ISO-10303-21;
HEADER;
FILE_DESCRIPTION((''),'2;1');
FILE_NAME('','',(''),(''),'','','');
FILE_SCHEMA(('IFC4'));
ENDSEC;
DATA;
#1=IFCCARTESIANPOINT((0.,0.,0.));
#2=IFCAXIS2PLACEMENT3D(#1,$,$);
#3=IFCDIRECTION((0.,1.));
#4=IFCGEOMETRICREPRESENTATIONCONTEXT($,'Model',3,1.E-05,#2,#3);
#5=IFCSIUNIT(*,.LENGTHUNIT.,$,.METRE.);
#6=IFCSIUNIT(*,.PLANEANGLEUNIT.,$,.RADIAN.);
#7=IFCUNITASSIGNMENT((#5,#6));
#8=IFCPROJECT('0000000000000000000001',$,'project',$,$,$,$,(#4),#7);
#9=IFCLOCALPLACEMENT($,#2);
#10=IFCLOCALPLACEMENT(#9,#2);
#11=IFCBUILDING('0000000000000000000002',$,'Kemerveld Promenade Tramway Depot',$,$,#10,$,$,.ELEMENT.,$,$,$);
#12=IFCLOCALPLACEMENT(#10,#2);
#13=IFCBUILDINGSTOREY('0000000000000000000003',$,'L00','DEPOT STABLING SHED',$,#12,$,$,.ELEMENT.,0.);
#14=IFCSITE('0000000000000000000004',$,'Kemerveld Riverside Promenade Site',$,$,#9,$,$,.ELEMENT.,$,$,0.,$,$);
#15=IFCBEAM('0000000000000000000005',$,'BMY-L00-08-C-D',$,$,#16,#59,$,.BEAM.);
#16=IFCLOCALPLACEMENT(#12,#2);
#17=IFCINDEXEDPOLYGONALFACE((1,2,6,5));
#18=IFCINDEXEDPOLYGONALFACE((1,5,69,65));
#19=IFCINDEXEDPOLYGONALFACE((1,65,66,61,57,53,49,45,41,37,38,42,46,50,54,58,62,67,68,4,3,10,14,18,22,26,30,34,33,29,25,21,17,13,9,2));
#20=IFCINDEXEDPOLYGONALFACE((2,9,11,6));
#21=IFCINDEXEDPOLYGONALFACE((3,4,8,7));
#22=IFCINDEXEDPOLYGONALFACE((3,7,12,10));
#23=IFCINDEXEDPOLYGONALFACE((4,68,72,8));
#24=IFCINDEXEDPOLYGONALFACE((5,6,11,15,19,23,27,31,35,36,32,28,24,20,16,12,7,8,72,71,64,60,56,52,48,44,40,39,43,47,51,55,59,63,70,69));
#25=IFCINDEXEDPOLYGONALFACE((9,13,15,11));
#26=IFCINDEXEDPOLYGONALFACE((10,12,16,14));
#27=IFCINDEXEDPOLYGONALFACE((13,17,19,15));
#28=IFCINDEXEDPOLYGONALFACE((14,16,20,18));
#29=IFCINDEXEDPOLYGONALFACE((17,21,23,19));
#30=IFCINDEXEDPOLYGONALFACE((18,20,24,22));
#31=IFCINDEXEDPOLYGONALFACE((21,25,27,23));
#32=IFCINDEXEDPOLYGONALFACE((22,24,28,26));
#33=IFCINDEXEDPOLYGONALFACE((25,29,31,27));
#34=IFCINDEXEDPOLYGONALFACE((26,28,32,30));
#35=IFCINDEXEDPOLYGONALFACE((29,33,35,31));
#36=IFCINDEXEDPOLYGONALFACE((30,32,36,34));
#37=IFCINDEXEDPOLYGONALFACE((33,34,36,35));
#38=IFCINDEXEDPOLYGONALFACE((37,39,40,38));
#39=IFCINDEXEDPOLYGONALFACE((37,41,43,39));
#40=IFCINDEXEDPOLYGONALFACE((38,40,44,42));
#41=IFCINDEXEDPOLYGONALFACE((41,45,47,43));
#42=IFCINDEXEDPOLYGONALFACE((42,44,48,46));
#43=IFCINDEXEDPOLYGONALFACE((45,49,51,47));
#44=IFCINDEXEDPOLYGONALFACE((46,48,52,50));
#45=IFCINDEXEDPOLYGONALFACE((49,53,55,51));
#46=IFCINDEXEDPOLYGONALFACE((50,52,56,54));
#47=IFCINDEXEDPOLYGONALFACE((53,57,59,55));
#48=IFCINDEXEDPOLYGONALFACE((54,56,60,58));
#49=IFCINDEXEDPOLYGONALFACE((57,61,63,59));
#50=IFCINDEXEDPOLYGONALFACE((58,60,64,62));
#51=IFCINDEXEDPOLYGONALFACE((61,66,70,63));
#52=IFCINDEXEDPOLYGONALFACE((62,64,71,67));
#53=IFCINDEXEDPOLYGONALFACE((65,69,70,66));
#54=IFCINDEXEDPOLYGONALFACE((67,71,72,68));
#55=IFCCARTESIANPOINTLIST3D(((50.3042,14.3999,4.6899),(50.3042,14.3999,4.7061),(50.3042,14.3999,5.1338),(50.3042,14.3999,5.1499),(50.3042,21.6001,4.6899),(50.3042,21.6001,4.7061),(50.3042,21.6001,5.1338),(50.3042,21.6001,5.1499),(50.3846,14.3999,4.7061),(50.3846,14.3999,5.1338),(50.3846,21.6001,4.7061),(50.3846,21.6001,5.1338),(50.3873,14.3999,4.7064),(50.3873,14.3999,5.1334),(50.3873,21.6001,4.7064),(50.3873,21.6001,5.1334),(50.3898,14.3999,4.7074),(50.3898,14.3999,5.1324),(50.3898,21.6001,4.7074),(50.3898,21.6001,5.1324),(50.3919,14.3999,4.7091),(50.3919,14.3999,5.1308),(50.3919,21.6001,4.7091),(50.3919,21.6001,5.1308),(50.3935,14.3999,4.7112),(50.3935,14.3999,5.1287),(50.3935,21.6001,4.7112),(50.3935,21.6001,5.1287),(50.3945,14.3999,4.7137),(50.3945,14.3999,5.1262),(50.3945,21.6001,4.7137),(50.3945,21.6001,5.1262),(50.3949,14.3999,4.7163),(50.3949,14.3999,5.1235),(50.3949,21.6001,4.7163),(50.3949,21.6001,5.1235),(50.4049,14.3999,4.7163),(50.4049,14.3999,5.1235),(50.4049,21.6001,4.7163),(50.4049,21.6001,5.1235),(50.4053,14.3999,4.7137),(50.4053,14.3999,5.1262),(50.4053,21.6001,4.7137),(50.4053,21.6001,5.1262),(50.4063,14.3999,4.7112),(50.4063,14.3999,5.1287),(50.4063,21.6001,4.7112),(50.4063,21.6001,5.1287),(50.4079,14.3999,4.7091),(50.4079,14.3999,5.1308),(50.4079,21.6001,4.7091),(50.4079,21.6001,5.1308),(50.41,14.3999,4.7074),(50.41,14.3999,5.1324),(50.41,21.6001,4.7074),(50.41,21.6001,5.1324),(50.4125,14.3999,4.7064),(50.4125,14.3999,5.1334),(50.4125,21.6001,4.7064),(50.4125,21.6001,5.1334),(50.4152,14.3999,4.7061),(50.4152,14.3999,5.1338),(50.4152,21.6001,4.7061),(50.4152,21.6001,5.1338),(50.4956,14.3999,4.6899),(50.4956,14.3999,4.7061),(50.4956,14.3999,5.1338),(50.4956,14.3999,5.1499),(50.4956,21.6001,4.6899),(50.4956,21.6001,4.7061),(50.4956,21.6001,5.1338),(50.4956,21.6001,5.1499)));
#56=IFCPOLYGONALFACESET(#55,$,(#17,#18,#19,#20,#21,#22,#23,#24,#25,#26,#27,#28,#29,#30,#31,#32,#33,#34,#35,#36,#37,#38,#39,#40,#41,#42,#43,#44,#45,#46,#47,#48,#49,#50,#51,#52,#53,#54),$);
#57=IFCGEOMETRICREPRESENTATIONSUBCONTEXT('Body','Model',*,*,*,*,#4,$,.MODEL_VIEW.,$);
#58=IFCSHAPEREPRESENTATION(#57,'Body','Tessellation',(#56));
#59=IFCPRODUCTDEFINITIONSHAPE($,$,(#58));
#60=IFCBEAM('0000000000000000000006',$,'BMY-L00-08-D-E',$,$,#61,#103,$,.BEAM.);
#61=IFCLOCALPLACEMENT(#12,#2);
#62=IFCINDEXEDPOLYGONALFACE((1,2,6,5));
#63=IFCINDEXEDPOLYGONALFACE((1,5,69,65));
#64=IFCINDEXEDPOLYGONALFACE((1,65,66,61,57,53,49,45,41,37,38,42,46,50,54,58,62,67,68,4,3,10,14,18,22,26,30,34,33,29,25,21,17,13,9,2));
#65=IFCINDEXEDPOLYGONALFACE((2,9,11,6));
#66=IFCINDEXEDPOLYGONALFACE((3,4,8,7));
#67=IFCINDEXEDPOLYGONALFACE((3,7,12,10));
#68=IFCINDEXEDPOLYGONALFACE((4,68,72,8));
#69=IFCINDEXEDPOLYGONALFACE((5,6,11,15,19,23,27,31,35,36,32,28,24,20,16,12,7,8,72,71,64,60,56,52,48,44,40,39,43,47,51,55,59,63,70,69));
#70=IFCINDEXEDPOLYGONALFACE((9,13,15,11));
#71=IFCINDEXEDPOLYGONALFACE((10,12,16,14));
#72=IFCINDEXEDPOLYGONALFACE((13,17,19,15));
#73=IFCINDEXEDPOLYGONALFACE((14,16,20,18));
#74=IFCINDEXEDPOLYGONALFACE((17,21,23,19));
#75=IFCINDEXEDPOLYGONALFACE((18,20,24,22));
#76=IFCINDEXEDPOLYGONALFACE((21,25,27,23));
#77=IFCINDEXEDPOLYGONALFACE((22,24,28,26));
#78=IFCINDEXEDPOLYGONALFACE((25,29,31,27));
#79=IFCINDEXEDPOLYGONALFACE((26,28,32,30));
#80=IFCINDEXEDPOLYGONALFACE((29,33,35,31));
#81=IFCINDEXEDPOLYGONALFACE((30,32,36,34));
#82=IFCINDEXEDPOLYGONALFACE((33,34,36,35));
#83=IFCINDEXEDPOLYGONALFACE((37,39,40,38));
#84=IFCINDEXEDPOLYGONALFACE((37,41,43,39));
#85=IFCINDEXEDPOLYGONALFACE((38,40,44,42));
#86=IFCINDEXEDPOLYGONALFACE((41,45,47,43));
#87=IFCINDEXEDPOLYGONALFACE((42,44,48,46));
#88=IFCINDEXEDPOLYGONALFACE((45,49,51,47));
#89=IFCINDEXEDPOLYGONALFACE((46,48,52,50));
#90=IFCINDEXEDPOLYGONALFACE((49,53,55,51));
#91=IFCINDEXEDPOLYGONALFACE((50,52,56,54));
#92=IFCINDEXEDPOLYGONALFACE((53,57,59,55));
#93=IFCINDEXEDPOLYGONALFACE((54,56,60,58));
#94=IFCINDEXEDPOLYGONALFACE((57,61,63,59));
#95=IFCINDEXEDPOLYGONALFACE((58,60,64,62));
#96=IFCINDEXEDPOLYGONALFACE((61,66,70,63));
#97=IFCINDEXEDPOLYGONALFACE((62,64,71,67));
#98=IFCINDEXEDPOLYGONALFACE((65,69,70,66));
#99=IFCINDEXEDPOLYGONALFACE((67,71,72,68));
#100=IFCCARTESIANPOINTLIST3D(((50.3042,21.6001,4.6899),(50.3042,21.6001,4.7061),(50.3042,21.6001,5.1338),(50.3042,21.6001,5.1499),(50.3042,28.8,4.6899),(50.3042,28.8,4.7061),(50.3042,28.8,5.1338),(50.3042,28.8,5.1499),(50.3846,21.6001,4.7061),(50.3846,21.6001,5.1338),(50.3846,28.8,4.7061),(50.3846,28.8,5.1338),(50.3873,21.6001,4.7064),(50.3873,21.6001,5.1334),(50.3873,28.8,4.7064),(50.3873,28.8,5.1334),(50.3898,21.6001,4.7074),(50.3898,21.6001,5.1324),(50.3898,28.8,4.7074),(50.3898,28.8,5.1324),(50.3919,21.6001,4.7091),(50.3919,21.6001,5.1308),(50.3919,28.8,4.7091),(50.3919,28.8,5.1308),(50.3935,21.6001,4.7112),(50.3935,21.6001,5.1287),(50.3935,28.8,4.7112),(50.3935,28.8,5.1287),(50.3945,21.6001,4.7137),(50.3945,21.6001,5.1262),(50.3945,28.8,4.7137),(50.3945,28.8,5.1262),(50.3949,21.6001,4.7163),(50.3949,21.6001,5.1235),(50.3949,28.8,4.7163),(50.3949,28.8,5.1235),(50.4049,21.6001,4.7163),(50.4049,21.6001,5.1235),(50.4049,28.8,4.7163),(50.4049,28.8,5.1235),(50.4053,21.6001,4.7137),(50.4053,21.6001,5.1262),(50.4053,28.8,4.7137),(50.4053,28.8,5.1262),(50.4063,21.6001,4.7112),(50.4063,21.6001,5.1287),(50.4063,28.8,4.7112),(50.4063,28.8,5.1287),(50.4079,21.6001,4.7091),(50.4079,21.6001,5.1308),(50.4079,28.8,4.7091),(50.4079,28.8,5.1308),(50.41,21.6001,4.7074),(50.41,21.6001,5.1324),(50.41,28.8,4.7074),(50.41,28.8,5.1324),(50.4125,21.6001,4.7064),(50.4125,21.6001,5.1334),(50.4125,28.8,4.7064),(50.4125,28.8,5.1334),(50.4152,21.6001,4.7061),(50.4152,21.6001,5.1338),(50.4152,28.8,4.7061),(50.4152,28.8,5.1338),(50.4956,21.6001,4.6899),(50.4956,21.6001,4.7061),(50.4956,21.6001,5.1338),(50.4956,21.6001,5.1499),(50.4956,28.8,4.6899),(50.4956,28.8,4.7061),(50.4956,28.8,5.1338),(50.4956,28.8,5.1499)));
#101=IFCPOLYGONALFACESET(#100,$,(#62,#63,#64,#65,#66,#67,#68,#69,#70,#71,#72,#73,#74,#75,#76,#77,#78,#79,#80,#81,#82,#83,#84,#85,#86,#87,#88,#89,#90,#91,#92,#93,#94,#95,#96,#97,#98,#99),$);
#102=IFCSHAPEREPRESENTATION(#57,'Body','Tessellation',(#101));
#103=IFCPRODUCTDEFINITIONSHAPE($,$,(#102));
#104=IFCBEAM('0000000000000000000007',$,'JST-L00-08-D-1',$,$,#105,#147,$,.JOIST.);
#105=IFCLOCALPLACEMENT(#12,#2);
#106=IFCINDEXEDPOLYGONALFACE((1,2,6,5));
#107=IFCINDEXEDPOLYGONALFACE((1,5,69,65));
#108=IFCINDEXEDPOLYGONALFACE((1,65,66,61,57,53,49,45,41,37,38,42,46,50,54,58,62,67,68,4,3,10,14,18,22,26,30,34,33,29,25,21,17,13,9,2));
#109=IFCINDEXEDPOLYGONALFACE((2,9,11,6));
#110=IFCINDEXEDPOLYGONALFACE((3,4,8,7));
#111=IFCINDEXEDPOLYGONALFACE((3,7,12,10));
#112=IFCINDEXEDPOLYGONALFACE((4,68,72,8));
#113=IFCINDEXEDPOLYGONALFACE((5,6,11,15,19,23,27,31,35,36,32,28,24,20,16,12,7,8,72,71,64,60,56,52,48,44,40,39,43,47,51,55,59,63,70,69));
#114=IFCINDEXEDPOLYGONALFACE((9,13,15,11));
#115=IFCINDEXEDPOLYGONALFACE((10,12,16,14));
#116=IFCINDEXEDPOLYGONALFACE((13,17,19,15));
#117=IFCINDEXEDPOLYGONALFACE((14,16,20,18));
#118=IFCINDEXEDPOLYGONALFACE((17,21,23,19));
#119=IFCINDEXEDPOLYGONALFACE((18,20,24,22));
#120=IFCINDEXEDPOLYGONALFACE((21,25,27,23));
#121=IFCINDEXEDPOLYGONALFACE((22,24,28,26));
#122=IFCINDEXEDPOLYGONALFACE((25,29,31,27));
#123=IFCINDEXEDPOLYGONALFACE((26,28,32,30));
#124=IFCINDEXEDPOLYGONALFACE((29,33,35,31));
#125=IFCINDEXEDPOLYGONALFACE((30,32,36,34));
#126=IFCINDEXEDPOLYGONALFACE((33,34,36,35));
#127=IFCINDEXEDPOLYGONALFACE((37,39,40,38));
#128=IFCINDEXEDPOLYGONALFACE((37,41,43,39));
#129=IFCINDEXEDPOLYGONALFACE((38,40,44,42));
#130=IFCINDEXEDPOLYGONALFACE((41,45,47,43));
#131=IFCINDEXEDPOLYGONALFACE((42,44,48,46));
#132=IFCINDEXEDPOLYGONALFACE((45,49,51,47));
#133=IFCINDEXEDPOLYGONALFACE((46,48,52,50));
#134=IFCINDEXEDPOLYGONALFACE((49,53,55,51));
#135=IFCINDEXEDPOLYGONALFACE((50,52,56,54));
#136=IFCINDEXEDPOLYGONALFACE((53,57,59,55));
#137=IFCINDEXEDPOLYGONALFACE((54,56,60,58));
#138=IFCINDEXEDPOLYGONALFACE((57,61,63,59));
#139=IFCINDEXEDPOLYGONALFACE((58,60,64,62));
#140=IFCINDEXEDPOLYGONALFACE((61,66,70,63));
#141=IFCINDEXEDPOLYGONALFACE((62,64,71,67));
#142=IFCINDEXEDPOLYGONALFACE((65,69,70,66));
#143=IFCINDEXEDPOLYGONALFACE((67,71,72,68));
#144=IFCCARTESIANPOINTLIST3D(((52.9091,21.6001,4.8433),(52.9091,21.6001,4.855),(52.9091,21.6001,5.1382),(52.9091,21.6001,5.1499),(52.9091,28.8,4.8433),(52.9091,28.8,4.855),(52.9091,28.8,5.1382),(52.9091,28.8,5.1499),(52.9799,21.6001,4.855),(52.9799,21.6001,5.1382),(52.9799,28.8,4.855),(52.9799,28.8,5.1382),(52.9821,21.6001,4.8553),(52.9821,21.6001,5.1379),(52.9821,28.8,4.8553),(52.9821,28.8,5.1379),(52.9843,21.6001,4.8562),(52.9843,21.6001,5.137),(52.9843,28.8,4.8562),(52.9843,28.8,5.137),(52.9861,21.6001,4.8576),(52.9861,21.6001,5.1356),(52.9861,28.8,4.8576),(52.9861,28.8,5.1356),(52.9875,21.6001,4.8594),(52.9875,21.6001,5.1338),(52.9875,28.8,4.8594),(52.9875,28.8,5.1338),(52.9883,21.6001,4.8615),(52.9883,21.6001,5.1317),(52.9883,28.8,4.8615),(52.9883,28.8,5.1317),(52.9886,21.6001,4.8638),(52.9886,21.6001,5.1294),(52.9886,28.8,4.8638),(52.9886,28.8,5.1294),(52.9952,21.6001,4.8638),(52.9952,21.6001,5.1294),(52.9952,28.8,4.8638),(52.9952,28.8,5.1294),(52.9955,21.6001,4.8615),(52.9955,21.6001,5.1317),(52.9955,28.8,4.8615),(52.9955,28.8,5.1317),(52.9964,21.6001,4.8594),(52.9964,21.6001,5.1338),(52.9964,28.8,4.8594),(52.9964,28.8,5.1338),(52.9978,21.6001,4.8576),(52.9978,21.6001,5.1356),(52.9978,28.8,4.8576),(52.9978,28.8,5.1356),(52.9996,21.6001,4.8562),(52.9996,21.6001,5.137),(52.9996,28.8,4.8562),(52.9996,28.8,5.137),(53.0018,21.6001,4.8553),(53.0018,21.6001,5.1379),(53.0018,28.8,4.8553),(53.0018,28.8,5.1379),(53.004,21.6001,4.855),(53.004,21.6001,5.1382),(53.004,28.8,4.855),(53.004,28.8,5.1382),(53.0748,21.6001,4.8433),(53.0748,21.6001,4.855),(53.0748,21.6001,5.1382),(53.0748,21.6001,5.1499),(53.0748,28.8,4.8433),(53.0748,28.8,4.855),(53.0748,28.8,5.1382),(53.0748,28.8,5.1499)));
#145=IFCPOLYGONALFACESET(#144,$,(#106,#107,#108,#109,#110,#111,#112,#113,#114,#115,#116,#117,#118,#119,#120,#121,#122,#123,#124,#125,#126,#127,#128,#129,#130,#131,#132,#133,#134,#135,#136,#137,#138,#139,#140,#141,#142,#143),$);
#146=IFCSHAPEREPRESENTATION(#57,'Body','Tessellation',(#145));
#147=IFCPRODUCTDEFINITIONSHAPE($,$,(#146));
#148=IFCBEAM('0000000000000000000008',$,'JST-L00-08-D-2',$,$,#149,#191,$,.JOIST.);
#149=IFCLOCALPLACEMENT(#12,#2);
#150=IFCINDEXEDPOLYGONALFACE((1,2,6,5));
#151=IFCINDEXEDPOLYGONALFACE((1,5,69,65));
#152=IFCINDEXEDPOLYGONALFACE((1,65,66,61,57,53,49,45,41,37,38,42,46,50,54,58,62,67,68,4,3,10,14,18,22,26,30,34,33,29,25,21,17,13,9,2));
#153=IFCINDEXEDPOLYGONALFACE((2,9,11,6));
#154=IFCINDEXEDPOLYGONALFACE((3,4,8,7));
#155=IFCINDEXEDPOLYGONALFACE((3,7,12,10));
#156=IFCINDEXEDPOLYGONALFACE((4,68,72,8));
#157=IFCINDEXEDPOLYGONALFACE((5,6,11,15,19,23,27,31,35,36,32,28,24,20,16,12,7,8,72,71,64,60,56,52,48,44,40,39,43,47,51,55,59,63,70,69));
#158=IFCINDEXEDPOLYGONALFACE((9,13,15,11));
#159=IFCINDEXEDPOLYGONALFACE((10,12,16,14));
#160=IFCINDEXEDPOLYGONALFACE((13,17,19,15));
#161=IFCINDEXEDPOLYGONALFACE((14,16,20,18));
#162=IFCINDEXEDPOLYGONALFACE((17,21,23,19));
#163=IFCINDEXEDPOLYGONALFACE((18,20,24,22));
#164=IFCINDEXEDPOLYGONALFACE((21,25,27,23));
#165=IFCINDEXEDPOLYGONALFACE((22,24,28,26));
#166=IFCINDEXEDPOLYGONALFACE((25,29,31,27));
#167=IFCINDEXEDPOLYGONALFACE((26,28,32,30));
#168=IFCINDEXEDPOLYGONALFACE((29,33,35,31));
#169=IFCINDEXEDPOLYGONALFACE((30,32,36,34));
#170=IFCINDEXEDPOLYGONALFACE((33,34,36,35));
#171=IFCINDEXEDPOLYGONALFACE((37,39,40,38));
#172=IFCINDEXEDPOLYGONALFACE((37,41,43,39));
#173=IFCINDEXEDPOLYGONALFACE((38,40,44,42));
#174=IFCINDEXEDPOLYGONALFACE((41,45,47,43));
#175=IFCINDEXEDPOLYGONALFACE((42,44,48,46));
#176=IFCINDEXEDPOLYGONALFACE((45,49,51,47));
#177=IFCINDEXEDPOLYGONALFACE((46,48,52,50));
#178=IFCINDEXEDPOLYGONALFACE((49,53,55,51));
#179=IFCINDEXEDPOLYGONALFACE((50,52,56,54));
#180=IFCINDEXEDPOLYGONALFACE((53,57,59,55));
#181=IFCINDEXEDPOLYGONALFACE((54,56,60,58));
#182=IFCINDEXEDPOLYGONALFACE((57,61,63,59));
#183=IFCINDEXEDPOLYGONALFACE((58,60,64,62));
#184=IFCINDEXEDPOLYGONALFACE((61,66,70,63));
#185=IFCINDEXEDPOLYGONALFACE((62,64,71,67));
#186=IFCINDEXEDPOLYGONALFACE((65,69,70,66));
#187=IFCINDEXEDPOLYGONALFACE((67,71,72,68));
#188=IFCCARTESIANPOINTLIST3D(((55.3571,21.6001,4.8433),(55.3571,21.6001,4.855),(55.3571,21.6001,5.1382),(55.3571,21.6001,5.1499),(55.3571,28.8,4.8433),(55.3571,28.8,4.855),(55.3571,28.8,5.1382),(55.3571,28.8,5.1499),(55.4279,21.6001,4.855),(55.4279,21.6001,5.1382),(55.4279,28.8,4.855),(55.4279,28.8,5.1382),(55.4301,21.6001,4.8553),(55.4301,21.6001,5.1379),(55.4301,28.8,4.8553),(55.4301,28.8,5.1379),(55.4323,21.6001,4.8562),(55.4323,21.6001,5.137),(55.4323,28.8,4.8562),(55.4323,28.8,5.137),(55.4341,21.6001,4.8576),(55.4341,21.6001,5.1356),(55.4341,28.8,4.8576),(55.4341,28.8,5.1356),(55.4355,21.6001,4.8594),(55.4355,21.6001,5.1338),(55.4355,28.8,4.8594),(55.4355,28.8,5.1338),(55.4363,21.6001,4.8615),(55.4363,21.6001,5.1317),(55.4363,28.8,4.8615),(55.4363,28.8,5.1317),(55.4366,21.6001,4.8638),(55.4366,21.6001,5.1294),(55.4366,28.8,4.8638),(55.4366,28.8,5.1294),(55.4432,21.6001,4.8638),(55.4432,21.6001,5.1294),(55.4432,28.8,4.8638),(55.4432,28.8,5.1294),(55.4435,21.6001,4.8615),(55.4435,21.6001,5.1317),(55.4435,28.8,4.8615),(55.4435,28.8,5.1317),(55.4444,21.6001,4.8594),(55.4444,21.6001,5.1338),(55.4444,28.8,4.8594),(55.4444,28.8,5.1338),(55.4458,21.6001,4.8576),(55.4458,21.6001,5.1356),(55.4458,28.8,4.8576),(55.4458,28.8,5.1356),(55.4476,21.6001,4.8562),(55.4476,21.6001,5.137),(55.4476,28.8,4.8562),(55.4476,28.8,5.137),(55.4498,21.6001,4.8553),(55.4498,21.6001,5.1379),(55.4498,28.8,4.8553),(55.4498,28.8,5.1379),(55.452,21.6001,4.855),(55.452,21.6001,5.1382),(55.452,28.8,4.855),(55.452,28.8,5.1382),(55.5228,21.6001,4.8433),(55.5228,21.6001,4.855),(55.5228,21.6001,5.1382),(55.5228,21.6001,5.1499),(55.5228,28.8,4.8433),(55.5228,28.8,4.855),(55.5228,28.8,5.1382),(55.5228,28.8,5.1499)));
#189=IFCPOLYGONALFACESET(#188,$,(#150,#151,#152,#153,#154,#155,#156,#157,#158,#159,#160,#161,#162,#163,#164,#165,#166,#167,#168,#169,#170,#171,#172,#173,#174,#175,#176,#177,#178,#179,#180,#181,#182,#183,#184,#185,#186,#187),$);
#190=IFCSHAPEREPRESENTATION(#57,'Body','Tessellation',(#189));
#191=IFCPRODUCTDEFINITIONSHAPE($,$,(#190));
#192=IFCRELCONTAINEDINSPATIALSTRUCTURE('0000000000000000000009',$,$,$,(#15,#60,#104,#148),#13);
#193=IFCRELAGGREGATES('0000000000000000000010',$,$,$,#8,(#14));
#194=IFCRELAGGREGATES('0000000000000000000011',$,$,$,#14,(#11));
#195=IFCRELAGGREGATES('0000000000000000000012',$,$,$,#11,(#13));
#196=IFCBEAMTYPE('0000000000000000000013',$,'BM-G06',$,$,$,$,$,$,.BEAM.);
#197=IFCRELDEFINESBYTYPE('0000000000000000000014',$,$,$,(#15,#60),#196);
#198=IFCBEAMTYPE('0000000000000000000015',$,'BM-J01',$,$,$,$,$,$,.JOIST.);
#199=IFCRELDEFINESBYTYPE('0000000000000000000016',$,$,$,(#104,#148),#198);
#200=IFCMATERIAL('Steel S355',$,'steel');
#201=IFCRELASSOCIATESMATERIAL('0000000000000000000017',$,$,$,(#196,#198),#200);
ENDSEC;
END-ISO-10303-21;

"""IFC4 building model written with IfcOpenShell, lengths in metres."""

from ifc_helpers import new_model, si_unit, direction, frame, origin, origin_2d, place, context, subcontext, project, spatial, i_section, extrude, material, material_profile, profile_set, type_object, element, save


model = new_model("IFC4")

# Units and contexts
model_context = context("Model", 3, precision=1e-05, world=origin(), true_north=direction((0.0, 1.0)))
body_context = subcontext(model_context, "Body", "Model", "MODEL_VIEW")
ifc_project = project(units=[si_unit("LENGTHUNIT", "METRE"), si_unit("PLANEANGLEUNIT", "RADIAN")], contexts=[model_context])

# Site, building, storey
site_placement = place(None, origin())
site = spatial("IfcSite", under=ifc_project, at=site_placement, Name="Kemerveld Riverside Promenade Site", CompositionType="ELEMENT", RefElevation=0.0)
building_placement = place(site_placement, origin())
building = spatial("IfcBuilding", under=site, at=building_placement, Name="Kemerveld Promenade Tramway Depot", CompositionType="ELEMENT")
storey_placement = place(building_placement, origin())
storey = spatial("IfcBuildingStorey", under=building, at=storey_placement, Name="L00", Description="DEPOT STABLING SHED", CompositionType="ELEMENT", Elevation=0.0)

# Shared definitions
ifc_material_1 = material(Name="Steel S355", Category="steel")

# Beams
ifc_material_profile_1 = material_profile(ifc_material_1, i_section(OverallWidth=0.1914, OverallDepth=0.46, WebThickness=0.01, FlangeThickness=0.0161, FilletRadius=0.0103, at=origin_2d()), Name="457x191x82 UB")
ifc_profile_set_1 = profile_set([ifc_material_profile_1], Name="Steel S355")
beam_type_1 = type_object("IfcBeamType", Name="BM-G06", PredefinedType="BEAM", material=ifc_profile_set_1)
beam_1_placement = place(storey_placement, frame((50.3999, 14.3999, 4.9199), z_axis=(0.0, 1.0, 0.0), x_axis=(-1.0, 0.0, 0.0)))
element("IfcBeam", 1, at=beam_1_placement, inside=storey, type_object=beam_type_1, Name="BMY-L00-08-C-D", PredefinedType="BEAM", context=body_context, shape_type="SweptSolid", body=[
    extrude(i_section(OverallWidth=0.1914, OverallDepth=0.46, WebThickness=0.01, FlangeThickness=0.0161, FilletRadius=0.0103, at=origin_2d()), origin(), (0.0, 0.0, 1.0), 7.2002),
])
beam_2_placement = place(storey_placement, frame((50.3999, 21.6001, 4.9199), z_axis=(0.0, 1.0, 0.0), x_axis=(-1.0, 0.0, 0.0)))
element("IfcBeam", 2, at=beam_2_placement, inside=storey, type_object=beam_type_1, Name="BMY-L00-08-D-E", PredefinedType="BEAM", context=body_context, shape_type="SweptSolid", body=[
    extrude(i_section(OverallWidth=0.1914, OverallDepth=0.46, WebThickness=0.01, FlangeThickness=0.0161, FilletRadius=0.0103, at=origin_2d()), origin(), (0.0, 0.0, 1.0), 7.2),
])
ifc_material_profile_2 = material_profile(ifc_material_1, i_section(OverallWidth=0.1658, OverallDepth=0.3066, WebThickness=0.0066, FlangeThickness=0.0117, FilletRadius=0.0088, at=origin_2d()), Name="305x165x46 UB")
ifc_profile_set_2 = profile_set([ifc_material_profile_2], Name="Steel S355")
beam_type_2 = type_object("IfcBeamType", Name="BM-J01", PredefinedType="JOIST", material=ifc_profile_set_2)
for number, where, z_axis, x_axis, name in (
    (3, (52.9919, 21.6001, 4.9966), (0.0, 1.0, 0.0), (-1.0, 0.0, 0.0), "JST-L00-08-D-1"),
    (4, (55.4399, 21.6001, 4.9966), (0.0, 1.0, 0.0), (-1.0, 0.0, 0.0), "JST-L00-08-D-2"),
):
    element("IfcBeam", number, at=place(storey_placement, frame(where, z_axis=z_axis, x_axis=x_axis)), inside=storey, type_object=beam_type_2, Name=name, PredefinedType="JOIST", context=body_context, shape_type="SweptSolid", body=[
        extrude(i_section(OverallWidth=0.1658, OverallDepth=0.3066, WebThickness=0.0066, FlangeThickness=0.0117, FilletRadius=0.0088, at=origin_2d()), origin(), (0.0, 0.0, 1.0), 7.2),
    ])

save(model, "model.ifc")
